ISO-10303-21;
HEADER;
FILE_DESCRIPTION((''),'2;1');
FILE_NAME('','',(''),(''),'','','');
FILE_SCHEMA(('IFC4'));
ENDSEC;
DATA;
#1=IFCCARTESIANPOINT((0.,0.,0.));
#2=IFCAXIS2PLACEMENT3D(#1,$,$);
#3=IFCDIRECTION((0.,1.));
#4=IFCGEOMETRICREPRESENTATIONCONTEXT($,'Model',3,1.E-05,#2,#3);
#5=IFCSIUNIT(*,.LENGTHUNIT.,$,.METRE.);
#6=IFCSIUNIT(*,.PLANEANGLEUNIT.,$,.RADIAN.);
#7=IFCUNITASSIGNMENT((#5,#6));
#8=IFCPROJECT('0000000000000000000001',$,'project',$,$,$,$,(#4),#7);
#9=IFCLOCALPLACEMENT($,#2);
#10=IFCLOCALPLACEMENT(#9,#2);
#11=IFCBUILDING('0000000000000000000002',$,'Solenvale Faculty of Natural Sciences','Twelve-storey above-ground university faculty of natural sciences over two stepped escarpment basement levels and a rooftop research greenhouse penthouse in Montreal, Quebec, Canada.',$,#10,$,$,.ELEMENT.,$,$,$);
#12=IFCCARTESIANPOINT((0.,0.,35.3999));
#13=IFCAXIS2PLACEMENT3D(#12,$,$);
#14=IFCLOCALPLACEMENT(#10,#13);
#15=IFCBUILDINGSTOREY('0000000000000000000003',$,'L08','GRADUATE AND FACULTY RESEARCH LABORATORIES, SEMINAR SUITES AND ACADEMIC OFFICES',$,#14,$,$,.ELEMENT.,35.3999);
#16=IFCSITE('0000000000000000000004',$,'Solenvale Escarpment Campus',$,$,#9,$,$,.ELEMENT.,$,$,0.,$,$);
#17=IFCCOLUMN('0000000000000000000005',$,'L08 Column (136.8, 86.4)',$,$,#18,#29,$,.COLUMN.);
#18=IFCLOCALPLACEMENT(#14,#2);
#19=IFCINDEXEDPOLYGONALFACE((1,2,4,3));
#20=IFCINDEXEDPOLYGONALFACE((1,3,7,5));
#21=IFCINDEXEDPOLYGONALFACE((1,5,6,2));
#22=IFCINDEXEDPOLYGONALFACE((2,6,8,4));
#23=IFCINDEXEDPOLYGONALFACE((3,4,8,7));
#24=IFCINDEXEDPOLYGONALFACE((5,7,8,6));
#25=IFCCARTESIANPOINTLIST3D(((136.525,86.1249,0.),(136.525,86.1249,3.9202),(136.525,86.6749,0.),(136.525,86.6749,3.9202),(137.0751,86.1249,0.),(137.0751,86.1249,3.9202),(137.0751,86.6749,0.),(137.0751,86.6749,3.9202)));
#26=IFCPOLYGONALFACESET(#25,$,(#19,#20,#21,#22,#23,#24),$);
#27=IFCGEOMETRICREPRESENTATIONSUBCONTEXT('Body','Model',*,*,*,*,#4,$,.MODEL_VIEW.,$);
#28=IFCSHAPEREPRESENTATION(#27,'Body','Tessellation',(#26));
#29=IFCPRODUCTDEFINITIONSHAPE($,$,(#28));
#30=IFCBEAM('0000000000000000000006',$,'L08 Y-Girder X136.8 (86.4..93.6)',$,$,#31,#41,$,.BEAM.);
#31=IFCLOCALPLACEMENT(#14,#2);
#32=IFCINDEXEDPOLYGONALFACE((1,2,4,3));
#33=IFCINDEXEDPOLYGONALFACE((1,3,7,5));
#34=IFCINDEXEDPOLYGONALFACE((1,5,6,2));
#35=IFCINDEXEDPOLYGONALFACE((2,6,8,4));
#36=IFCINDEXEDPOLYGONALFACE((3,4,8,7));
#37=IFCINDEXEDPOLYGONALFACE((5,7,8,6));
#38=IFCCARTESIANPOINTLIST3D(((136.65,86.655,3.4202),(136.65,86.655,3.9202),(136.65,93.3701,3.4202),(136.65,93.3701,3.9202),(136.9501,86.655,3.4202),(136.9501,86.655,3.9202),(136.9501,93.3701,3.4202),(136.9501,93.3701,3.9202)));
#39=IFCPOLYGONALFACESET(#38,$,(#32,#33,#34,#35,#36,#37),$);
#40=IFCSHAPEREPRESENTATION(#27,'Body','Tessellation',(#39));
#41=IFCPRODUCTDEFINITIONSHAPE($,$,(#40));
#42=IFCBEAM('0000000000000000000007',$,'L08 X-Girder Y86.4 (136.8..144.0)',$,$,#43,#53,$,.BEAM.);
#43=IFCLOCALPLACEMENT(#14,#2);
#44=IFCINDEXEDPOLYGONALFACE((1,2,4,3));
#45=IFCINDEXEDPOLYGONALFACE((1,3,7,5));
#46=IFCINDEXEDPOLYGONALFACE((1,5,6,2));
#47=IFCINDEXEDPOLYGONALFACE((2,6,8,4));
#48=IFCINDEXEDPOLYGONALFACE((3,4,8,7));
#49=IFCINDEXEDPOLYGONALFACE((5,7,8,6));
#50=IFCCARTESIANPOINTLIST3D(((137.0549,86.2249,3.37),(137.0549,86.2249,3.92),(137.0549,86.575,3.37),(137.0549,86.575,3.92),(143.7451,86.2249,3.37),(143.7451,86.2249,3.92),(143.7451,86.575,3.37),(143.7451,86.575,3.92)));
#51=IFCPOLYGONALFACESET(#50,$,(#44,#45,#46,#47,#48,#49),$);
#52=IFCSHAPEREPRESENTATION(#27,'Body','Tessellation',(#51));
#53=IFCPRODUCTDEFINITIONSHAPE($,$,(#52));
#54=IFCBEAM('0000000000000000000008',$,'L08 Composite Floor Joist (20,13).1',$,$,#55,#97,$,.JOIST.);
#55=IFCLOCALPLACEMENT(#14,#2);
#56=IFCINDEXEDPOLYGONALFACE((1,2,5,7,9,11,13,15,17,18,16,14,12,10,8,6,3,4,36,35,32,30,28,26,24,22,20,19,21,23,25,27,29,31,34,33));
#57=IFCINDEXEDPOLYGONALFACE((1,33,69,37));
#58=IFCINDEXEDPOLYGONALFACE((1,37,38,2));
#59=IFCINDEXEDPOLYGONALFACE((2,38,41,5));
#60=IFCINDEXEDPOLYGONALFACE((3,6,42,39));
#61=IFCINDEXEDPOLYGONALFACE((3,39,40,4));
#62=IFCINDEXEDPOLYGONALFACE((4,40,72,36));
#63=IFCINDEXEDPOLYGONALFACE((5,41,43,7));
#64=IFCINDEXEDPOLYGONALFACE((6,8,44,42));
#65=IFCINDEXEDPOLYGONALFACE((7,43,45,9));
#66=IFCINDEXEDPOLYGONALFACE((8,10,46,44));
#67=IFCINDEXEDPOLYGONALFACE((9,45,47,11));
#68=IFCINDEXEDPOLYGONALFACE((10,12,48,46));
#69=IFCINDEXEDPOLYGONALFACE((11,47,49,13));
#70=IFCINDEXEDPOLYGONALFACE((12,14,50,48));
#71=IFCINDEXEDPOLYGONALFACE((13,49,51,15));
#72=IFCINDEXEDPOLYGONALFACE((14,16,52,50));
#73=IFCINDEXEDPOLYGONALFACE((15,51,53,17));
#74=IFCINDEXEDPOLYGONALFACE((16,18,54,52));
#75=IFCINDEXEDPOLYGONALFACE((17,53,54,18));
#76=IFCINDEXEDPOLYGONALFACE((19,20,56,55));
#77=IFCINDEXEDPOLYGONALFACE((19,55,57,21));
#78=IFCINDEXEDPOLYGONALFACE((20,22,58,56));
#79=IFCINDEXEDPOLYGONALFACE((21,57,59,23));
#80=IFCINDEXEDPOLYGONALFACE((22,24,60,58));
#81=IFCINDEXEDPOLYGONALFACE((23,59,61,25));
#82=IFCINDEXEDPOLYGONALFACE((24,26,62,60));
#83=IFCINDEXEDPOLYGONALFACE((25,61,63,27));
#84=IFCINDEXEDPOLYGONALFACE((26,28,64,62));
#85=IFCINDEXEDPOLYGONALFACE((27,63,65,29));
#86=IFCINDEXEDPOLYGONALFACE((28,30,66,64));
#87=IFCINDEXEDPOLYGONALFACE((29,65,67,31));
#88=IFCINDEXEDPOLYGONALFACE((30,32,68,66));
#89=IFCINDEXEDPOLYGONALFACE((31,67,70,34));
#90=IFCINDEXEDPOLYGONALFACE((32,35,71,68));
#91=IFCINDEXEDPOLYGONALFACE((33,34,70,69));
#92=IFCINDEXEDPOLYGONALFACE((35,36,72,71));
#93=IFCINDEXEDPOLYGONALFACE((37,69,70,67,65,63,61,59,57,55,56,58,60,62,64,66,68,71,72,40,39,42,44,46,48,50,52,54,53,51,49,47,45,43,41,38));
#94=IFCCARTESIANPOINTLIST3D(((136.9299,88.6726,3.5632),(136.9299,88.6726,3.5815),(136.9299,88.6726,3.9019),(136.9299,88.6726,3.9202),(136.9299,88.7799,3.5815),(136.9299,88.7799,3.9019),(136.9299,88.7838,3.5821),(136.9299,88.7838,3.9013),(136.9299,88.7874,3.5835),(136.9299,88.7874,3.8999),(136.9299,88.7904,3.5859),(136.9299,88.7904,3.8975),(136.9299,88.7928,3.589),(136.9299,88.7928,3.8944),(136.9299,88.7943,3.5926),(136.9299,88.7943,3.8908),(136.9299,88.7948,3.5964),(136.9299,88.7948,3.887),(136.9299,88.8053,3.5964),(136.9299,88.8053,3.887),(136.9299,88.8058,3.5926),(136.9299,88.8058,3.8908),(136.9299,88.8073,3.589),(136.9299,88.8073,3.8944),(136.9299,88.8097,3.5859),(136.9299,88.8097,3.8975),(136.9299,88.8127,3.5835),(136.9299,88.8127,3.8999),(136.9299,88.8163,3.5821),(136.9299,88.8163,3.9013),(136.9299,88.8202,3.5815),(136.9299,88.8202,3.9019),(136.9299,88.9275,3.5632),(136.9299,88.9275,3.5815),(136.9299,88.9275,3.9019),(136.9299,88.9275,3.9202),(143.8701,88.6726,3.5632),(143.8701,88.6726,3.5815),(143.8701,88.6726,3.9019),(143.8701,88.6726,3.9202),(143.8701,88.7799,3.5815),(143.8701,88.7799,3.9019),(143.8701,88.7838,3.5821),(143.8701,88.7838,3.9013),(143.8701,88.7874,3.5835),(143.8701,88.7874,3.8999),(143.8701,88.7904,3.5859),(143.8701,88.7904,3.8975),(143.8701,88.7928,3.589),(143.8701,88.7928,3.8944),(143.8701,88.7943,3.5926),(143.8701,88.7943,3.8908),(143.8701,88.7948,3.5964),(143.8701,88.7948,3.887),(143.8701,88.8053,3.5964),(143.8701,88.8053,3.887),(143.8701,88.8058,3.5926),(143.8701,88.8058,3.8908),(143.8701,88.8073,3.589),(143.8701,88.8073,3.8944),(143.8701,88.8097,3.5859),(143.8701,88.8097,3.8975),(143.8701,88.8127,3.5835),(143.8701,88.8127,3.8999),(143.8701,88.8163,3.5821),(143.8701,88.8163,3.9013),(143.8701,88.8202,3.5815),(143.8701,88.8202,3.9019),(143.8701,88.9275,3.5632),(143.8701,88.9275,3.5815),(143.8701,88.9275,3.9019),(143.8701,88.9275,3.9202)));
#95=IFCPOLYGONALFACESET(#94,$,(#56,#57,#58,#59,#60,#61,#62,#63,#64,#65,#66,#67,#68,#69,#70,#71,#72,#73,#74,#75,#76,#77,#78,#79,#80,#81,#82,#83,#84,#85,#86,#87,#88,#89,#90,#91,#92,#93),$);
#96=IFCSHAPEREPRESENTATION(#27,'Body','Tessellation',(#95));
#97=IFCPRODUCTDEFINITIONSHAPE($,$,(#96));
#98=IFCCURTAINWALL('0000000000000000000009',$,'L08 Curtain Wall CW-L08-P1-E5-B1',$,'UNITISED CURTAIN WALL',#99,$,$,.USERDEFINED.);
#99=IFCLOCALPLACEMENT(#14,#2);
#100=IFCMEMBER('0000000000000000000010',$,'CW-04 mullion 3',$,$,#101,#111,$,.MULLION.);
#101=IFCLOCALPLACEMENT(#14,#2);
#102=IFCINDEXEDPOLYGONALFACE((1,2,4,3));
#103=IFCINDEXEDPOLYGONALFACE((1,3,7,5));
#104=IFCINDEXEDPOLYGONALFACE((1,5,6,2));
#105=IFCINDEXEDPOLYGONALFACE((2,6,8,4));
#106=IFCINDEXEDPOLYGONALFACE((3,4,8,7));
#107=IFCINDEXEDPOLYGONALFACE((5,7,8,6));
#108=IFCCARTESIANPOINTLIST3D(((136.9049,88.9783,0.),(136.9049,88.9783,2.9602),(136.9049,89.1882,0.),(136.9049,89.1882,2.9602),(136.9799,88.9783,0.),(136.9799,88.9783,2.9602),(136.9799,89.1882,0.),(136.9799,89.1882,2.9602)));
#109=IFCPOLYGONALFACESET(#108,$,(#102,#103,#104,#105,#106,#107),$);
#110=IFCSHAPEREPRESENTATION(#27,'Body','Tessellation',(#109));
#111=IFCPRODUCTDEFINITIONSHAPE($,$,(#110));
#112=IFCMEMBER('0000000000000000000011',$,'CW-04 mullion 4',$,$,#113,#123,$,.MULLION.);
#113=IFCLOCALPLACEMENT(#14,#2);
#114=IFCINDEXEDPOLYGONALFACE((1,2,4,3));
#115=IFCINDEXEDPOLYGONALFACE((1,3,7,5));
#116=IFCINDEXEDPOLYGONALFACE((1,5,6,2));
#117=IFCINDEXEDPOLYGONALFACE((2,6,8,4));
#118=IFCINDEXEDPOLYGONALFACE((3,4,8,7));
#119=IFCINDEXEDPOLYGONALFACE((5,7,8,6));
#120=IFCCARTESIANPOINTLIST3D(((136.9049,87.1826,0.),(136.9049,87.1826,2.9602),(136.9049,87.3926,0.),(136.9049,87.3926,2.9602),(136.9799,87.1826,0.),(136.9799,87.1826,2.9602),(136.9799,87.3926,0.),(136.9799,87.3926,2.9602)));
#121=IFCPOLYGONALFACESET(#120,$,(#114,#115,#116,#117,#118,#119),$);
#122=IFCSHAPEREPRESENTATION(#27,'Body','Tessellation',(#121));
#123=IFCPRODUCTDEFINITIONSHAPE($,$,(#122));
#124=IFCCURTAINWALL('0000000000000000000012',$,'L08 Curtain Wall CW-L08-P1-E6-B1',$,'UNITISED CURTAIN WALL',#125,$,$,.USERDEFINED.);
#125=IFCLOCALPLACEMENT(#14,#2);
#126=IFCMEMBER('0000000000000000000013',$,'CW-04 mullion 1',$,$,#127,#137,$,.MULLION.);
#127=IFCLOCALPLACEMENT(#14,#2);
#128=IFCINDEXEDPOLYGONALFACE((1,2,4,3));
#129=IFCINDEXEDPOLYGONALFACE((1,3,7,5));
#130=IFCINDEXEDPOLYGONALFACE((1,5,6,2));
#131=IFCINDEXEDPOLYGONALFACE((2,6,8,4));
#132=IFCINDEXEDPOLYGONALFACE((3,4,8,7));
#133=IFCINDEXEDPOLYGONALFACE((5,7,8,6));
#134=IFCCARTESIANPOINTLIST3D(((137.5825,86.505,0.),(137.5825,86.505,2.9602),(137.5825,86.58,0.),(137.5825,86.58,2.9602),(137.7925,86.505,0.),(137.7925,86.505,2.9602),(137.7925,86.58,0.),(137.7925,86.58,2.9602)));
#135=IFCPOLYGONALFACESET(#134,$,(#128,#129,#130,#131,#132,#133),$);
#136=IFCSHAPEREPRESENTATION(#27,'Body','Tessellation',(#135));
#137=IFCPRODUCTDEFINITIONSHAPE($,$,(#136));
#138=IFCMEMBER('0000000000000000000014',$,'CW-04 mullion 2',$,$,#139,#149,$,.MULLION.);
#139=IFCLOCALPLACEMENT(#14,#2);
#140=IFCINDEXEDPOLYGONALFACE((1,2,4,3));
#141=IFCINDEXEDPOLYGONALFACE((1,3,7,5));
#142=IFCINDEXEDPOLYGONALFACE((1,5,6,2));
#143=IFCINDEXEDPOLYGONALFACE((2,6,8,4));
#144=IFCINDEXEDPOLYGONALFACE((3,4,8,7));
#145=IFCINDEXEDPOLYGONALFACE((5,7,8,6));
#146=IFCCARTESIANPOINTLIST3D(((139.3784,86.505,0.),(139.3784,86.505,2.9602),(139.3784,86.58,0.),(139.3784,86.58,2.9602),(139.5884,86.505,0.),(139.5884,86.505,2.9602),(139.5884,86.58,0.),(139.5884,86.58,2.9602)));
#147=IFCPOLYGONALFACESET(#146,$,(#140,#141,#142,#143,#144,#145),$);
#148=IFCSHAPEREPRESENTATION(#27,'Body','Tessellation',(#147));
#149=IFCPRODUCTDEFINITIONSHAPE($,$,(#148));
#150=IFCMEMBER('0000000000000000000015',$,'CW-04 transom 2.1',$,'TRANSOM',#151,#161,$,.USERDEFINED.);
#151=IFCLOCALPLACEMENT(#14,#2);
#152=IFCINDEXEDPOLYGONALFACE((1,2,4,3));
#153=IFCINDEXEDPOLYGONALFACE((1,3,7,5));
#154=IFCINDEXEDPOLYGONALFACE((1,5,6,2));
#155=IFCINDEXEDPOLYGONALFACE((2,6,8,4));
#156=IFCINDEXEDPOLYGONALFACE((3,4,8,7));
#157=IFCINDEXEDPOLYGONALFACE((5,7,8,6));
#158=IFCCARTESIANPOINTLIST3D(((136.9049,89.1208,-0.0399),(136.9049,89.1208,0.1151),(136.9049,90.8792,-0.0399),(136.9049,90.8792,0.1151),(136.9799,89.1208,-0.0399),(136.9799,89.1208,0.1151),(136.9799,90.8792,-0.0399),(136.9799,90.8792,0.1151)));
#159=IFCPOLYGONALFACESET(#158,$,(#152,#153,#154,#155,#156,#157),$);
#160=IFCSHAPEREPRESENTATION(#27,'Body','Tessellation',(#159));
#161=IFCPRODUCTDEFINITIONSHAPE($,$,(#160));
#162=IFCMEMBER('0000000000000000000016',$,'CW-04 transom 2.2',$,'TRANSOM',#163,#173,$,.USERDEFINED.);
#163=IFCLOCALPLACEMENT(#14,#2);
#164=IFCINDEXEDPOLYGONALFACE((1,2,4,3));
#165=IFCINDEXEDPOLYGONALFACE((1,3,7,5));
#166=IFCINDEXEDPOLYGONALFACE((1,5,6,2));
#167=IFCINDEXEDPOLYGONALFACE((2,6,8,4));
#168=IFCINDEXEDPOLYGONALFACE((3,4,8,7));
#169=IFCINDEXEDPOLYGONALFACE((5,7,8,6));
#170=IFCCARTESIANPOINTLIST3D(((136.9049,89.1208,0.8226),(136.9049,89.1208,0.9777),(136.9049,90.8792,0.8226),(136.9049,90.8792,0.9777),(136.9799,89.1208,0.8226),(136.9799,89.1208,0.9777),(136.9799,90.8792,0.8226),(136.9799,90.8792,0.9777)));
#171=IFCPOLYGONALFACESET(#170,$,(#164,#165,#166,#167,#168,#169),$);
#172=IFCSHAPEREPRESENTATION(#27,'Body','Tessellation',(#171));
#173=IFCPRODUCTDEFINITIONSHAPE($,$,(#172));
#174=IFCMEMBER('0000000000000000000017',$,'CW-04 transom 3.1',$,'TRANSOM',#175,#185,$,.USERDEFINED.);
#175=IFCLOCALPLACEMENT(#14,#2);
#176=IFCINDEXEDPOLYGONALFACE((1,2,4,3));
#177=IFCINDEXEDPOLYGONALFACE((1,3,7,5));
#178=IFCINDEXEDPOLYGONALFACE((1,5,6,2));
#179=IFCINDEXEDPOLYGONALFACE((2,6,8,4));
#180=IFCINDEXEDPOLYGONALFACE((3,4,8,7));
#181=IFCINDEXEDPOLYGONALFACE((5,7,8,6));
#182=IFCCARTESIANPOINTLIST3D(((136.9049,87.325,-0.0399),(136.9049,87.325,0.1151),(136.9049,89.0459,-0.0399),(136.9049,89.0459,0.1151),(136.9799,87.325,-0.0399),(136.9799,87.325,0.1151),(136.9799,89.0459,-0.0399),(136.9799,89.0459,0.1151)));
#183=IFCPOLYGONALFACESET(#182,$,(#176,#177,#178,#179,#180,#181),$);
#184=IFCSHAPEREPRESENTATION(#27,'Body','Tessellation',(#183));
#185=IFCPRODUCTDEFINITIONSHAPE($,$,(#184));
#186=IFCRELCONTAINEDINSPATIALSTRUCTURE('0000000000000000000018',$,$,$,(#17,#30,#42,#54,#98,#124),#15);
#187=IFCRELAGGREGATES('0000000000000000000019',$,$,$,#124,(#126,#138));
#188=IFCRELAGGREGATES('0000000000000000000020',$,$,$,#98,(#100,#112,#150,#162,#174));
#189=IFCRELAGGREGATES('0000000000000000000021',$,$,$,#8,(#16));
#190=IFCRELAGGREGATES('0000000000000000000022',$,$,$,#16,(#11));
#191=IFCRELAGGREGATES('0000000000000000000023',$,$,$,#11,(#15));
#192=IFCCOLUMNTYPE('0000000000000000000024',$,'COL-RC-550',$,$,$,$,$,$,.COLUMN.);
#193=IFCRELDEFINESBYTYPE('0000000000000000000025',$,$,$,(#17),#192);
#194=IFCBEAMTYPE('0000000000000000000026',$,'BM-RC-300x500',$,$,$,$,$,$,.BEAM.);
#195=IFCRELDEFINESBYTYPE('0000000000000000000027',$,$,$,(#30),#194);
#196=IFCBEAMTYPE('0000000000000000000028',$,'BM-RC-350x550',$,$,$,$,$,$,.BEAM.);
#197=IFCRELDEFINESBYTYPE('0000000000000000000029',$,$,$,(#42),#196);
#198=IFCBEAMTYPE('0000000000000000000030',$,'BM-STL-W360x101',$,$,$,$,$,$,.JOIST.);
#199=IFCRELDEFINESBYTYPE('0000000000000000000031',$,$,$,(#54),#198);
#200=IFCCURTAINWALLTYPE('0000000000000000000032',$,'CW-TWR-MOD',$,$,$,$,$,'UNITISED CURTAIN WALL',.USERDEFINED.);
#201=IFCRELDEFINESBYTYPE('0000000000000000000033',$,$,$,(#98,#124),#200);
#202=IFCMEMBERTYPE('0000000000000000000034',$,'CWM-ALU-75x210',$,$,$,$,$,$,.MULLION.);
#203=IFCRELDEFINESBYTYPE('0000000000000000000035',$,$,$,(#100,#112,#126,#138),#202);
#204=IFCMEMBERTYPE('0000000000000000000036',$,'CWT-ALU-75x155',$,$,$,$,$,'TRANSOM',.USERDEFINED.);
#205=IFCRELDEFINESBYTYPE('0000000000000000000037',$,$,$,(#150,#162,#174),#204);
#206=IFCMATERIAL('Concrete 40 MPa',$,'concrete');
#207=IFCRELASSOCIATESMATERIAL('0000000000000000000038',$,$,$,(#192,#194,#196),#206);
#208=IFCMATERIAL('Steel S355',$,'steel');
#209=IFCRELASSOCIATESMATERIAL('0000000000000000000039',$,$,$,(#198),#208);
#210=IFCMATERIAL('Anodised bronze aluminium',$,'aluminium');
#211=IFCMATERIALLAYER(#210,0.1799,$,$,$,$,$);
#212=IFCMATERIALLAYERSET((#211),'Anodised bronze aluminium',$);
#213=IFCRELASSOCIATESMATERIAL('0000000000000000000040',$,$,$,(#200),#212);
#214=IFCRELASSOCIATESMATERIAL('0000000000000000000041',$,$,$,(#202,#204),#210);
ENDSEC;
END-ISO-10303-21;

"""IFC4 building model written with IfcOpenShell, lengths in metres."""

from ifc_helpers import new_model, si_unit, direction, frame, origin, origin_2d, place, context, subcontext, project, spatial, rectangle, i_section, extrude, material, layer, layer_set, material_profile, profile_set, type_object, element, aggregate, save


model = new_model("IFC4")

# Units and contexts
model_context = context("Model", 3, precision=1e-05, world=origin(), true_north=direction((0.0, 1.0)))
body_context = subcontext(model_context, "Body", "Model", "MODEL_VIEW")
ifc_project = project(units=[si_unit("LENGTHUNIT", "METRE"), si_unit("PLANEANGLEUNIT", "RADIAN")], contexts=[model_context])

# Site, building, storey
site_placement = place(None, origin())
site = spatial("IfcSite", under=ifc_project, at=site_placement, Name="Solenvale Escarpment Campus", CompositionType="ELEMENT", RefElevation=0.0)
building_placement = place(site_placement, origin())
building = spatial("IfcBuilding", under=site, at=building_placement, Name="Solenvale Faculty of Natural Sciences", Description="Twelve-storey above-ground university faculty of natural sciences over two stepped escarpment basement levels and a rooftop research greenhouse penthouse in Montreal, Quebec, Canada.", CompositionType="ELEMENT")
storey_placement = place(building_placement, frame((0.0, 0.0, 35.3999)))
storey = spatial("IfcBuildingStorey", under=building, at=storey_placement, Name="L08", Description="GRADUATE AND FACULTY RESEARCH LABORATORIES, SEMINAR SUITES AND ACADEMIC OFFICES", CompositionType="ELEMENT", Elevation=35.3999)

# Column
ifc_material_1 = material(Name="Concrete 40 MPa", Category="concrete")
ifc_material_profile_1 = material_profile(ifc_material_1, rectangle(XDim=0.55, YDim=0.55, at=origin_2d()), Name="RC-COL-550x550")
ifc_profile_set_1 = profile_set([ifc_material_profile_1], Name="Concrete 40 MPa")
column_type = type_object("IfcColumnType", Name="COL-RC-550", PredefinedType="COLUMN", material=ifc_profile_set_1)
column_placement = place(storey_placement, frame((136.8, 86.3999, 0.0), z_axis=(0.0, 0.0, 1.0), x_axis=(1.0, 0.0, 0.0)))
element("IfcColumn", 1, at=column_placement, inside=storey, type_object=column_type, Name="L08 Column (136.8, 86.4)", PredefinedType="COLUMN", context=body_context, shape_type="SweptSolid", body=[
    extrude(rectangle(XDim=0.55, YDim=0.55, at=origin_2d()), origin(), (0.0, 0.0, 1.0), 3.9202),
])

# Beams
ifc_material_profile_2 = material_profile(ifc_material_1, rectangle(XDim=0.3, YDim=0.5, at=origin_2d()), Name="RC-BM-300x500")
ifc_profile_set_2 = profile_set([ifc_material_profile_2], Name="Concrete 40 MPa")
beam_type_1 = type_object("IfcBeamType", Name="BM-RC-300x500", PredefinedType="BEAM", material=ifc_profile_set_2)
beam_1_placement = place(storey_placement, frame((136.8, 86.655, 3.6702), z_axis=(0.0, 1.0, 0.0), x_axis=(-1.0, 0.0, 0.0)))
element("IfcBeam", 2, at=beam_1_placement, inside=storey, type_object=beam_type_1, Name="L08 Y-Girder X136.8 (86.4..93.6)", PredefinedType="BEAM", context=body_context, shape_type="SweptSolid", body=[
    extrude(rectangle(XDim=0.3, YDim=0.5, at=origin_2d()), origin(), (0.0, 0.0, 1.0), 6.7151),
])
ifc_material_profile_3 = material_profile(ifc_material_1, rectangle(XDim=0.3501, YDim=0.55, at=origin_2d()), Name="RC-BM-350x550")
ifc_profile_set_3 = profile_set([ifc_material_profile_3], Name="Concrete 40 MPa")
beam_type_2 = type_object("IfcBeamType", Name="BM-RC-350x550", PredefinedType="BEAM", material=ifc_profile_set_3)
beam_2_placement = place(storey_placement, frame((137.0549, 86.3999, 3.645), z_axis=(1.0, 0.0, 0.0), x_axis=(0.0, 1.0, 0.0)))
element("IfcBeam", 3, at=beam_2_placement, inside=storey, type_object=beam_type_2, Name="L08 X-Girder Y86.4 (136.8..144.0)", PredefinedType="BEAM", context=body_context, shape_type="SweptSolid", body=[
    extrude(rectangle(XDim=0.3501, YDim=0.55, at=origin_2d()), origin(), (0.0, 0.0, 1.0), 6.6902),
])
ifc_material_2 = material(Name="Steel S355", Category="steel")
ifc_material_profile_4 = material_profile(ifc_material_2, i_section(OverallWidth=0.2549, OverallDepth=0.3569, WebThickness=0.0105, FlangeThickness=0.0183, FilletRadius=0.0149, at=origin_2d()), Name="W360x101")
ifc_profile_set_4 = profile_set([ifc_material_profile_4], Name="Steel S355")
beam_type_3 = type_object("IfcBeamType", Name="BM-STL-W360x101", PredefinedType="JOIST", material=ifc_profile_set_4)
beam_3_placement = place(storey_placement, frame((136.9299, 88.8, 3.7417), z_axis=(1.0, 0.0, 0.0), x_axis=(0.0, 1.0, 0.0)))
element("IfcBeam", 4, at=beam_3_placement, inside=storey, type_object=beam_type_3, Name="L08 Composite Floor Joist (20,13).1", PredefinedType="JOIST", context=body_context, shape_type="SweptSolid", body=[
    extrude(i_section(OverallWidth=0.2549, OverallDepth=0.3569, WebThickness=0.0105, FlangeThickness=0.0183, FilletRadius=0.0149, at=origin_2d()), origin(), (0.0, 0.0, 1.0), 6.9402),
])

# Curtain walls, members
ifc_material_3 = material(Name="Anodised bronze aluminium", Category="aluminium")
ifc_layer_1 = layer(ifc_material_3, 0.1799)
ifc_layer_set_1 = layer_set([ifc_layer_1], Name="Anodised bronze aluminium")
curtain_wall_type = type_object("IfcCurtainWallType", Name="CW-TWR-MOD", ElementType="UNITISED CURTAIN WALL", PredefinedType="USERDEFINED", material=ifc_layer_set_1)
curtain_wall_1_placement = place(storey_placement, origin())
curtain_wall_1 = element("IfcCurtainWall", 5, at=curtain_wall_1_placement, inside=storey, type_object=curtain_wall_type, Name="L08 Curtain Wall CW-L08-P1-E5-B1", ObjectType="UNITISED CURTAIN WALL", PredefinedType="USERDEFINED")
ifc_material_profile_5 = material_profile(ifc_material_3, rectangle(XDim=0.075, YDim=0.21, at=origin_2d()), Name="ALU-MUL-75x210")
ifc_profile_set_5 = profile_set([ifc_material_profile_5], Name="Anodised bronze aluminium")
member_type_1 = type_object("IfcMemberType", Name="CWM-ALU-75x210", PredefinedType="MULLION", material=ifc_profile_set_5)
member_1_placement = place(storey_placement, frame((136.9424, 89.0833, 0.0), z_axis=(0.0, 0.0, 1.0), x_axis=(1.0, 0.0, 0.0)))
member_1 = element("IfcMember", 6, at=member_1_placement, type_object=member_type_1, Name="CW-04 mullion 3", PredefinedType="MULLION", context=body_context, shape_type="SweptSolid", body=[
    extrude(rectangle(XDim=0.075, YDim=0.21, at=origin_2d()), origin(), (0.0, 0.0, 1.0), 2.9602),
])
member_2_placement = place(storey_placement, frame((136.9424, 87.2876, 0.0), z_axis=(0.0, 0.0, 1.0), x_axis=(1.0, 0.0, 0.0)))
member_2 = element("IfcMember", 7, at=member_2_placement, type_object=member_type_1, Name="CW-04 mullion 4", PredefinedType="MULLION", context=body_context, shape_type="SweptSolid", body=[
    extrude(rectangle(XDim=0.075, YDim=0.21, at=origin_2d()), origin(), (0.0, 0.0, 1.0), 2.9602),
])
curtain_wall_2_placement = place(storey_placement, origin())
curtain_wall_2 = element("IfcCurtainWall", 8, at=curtain_wall_2_placement, inside=storey, type_object=curtain_wall_type, Name="L08 Curtain Wall CW-L08-P1-E6-B1", ObjectType="UNITISED CURTAIN WALL", PredefinedType="USERDEFINED")
member_3_placement = place(storey_placement, frame((137.6875, 86.5425, 0.0), z_axis=(0.0, 0.0, 1.0), x_axis=(0.0, 1.0, 0.0)))
member_3 = element("IfcMember", 9, at=member_3_placement, type_object=member_type_1, Name="CW-04 mullion 1", PredefinedType="MULLION", context=body_context, shape_type="SweptSolid", body=[
    extrude(rectangle(XDim=0.075, YDim=0.21, at=origin_2d()), origin(), (0.0, 0.0, 1.0), 2.9602),
])
member_4_placement = place(storey_placement, frame((139.4834, 86.5425, 0.0), z_axis=(0.0, 0.0, 1.0), x_axis=(0.0, 1.0, 0.0)))
member_4 = element("IfcMember", 10, at=member_4_placement, type_object=member_type_1, Name="CW-04 mullion 2", PredefinedType="MULLION", context=body_context, shape_type="SweptSolid", body=[
    extrude(rectangle(XDim=0.075, YDim=0.21, at=origin_2d()), origin(), (0.0, 0.0, 1.0), 2.9602),
])

# Members
ifc_material_profile_6 = material_profile(ifc_material_3, rectangle(XDim=0.075, YDim=0.155, at=origin_2d()), Name="ALU-TRN-75x155")
ifc_profile_set_6 = profile_set([ifc_material_profile_6], Name="Anodised bronze aluminium")
member_type_2 = type_object("IfcMemberType", Name="CWT-ALU-75x155", ElementType="TRANSOM", PredefinedType="USERDEFINED", material=ifc_profile_set_6)
member_5_placement = place(storey_placement, frame((136.9424, 90.8792, 0.0376), z_axis=(0.0, -1.0, 0.0), x_axis=(1.0, 0.0, 0.0)))
member_5 = element("IfcMember", 11, at=member_5_placement, type_object=member_type_2, Name="CW-04 transom 2.1", ObjectType="TRANSOM", PredefinedType="USERDEFINED", context=body_context, shape_type="SweptSolid", body=[
    extrude(rectangle(XDim=0.075, YDim=0.155, at=origin_2d()), origin(), (0.0, 0.0, 1.0), 1.7583),
])
member_6_placement = place(storey_placement, frame((136.9424, 90.8792, 0.9001), z_axis=(0.0, -1.0, 0.0), x_axis=(1.0, 0.0, 0.0)))
member_6 = element("IfcMember", 12, at=member_6_placement, type_object=member_type_2, Name="CW-04 transom 2.2", ObjectType="TRANSOM", PredefinedType="USERDEFINED", context=body_context, shape_type="SweptSolid", body=[
    extrude(rectangle(XDim=0.075, YDim=0.155, at=origin_2d()), origin(), (0.0, 0.0, 1.0), 1.7583),
])
member_7_placement = place(storey_placement, frame((136.9424, 89.0459, 0.0376), z_axis=(0.0, -1.0, 0.0), x_axis=(1.0, 0.0, 0.0)))
member_7 = element("IfcMember", 13, at=member_7_placement, type_object=member_type_2, Name="CW-04 transom 3.1", ObjectType="TRANSOM", PredefinedType="USERDEFINED", context=body_context, shape_type="SweptSolid", body=[
    extrude(rectangle(XDim=0.075, YDim=0.155, at=origin_2d()), origin(), (0.0, 0.0, 1.0), 1.7209),
])

aggregate(curtain_wall_2, [member_3, member_4])
aggregate(curtain_wall_1, [member_1, member_2, member_5, member_6, member_7])

save(model, "model.ifc")
